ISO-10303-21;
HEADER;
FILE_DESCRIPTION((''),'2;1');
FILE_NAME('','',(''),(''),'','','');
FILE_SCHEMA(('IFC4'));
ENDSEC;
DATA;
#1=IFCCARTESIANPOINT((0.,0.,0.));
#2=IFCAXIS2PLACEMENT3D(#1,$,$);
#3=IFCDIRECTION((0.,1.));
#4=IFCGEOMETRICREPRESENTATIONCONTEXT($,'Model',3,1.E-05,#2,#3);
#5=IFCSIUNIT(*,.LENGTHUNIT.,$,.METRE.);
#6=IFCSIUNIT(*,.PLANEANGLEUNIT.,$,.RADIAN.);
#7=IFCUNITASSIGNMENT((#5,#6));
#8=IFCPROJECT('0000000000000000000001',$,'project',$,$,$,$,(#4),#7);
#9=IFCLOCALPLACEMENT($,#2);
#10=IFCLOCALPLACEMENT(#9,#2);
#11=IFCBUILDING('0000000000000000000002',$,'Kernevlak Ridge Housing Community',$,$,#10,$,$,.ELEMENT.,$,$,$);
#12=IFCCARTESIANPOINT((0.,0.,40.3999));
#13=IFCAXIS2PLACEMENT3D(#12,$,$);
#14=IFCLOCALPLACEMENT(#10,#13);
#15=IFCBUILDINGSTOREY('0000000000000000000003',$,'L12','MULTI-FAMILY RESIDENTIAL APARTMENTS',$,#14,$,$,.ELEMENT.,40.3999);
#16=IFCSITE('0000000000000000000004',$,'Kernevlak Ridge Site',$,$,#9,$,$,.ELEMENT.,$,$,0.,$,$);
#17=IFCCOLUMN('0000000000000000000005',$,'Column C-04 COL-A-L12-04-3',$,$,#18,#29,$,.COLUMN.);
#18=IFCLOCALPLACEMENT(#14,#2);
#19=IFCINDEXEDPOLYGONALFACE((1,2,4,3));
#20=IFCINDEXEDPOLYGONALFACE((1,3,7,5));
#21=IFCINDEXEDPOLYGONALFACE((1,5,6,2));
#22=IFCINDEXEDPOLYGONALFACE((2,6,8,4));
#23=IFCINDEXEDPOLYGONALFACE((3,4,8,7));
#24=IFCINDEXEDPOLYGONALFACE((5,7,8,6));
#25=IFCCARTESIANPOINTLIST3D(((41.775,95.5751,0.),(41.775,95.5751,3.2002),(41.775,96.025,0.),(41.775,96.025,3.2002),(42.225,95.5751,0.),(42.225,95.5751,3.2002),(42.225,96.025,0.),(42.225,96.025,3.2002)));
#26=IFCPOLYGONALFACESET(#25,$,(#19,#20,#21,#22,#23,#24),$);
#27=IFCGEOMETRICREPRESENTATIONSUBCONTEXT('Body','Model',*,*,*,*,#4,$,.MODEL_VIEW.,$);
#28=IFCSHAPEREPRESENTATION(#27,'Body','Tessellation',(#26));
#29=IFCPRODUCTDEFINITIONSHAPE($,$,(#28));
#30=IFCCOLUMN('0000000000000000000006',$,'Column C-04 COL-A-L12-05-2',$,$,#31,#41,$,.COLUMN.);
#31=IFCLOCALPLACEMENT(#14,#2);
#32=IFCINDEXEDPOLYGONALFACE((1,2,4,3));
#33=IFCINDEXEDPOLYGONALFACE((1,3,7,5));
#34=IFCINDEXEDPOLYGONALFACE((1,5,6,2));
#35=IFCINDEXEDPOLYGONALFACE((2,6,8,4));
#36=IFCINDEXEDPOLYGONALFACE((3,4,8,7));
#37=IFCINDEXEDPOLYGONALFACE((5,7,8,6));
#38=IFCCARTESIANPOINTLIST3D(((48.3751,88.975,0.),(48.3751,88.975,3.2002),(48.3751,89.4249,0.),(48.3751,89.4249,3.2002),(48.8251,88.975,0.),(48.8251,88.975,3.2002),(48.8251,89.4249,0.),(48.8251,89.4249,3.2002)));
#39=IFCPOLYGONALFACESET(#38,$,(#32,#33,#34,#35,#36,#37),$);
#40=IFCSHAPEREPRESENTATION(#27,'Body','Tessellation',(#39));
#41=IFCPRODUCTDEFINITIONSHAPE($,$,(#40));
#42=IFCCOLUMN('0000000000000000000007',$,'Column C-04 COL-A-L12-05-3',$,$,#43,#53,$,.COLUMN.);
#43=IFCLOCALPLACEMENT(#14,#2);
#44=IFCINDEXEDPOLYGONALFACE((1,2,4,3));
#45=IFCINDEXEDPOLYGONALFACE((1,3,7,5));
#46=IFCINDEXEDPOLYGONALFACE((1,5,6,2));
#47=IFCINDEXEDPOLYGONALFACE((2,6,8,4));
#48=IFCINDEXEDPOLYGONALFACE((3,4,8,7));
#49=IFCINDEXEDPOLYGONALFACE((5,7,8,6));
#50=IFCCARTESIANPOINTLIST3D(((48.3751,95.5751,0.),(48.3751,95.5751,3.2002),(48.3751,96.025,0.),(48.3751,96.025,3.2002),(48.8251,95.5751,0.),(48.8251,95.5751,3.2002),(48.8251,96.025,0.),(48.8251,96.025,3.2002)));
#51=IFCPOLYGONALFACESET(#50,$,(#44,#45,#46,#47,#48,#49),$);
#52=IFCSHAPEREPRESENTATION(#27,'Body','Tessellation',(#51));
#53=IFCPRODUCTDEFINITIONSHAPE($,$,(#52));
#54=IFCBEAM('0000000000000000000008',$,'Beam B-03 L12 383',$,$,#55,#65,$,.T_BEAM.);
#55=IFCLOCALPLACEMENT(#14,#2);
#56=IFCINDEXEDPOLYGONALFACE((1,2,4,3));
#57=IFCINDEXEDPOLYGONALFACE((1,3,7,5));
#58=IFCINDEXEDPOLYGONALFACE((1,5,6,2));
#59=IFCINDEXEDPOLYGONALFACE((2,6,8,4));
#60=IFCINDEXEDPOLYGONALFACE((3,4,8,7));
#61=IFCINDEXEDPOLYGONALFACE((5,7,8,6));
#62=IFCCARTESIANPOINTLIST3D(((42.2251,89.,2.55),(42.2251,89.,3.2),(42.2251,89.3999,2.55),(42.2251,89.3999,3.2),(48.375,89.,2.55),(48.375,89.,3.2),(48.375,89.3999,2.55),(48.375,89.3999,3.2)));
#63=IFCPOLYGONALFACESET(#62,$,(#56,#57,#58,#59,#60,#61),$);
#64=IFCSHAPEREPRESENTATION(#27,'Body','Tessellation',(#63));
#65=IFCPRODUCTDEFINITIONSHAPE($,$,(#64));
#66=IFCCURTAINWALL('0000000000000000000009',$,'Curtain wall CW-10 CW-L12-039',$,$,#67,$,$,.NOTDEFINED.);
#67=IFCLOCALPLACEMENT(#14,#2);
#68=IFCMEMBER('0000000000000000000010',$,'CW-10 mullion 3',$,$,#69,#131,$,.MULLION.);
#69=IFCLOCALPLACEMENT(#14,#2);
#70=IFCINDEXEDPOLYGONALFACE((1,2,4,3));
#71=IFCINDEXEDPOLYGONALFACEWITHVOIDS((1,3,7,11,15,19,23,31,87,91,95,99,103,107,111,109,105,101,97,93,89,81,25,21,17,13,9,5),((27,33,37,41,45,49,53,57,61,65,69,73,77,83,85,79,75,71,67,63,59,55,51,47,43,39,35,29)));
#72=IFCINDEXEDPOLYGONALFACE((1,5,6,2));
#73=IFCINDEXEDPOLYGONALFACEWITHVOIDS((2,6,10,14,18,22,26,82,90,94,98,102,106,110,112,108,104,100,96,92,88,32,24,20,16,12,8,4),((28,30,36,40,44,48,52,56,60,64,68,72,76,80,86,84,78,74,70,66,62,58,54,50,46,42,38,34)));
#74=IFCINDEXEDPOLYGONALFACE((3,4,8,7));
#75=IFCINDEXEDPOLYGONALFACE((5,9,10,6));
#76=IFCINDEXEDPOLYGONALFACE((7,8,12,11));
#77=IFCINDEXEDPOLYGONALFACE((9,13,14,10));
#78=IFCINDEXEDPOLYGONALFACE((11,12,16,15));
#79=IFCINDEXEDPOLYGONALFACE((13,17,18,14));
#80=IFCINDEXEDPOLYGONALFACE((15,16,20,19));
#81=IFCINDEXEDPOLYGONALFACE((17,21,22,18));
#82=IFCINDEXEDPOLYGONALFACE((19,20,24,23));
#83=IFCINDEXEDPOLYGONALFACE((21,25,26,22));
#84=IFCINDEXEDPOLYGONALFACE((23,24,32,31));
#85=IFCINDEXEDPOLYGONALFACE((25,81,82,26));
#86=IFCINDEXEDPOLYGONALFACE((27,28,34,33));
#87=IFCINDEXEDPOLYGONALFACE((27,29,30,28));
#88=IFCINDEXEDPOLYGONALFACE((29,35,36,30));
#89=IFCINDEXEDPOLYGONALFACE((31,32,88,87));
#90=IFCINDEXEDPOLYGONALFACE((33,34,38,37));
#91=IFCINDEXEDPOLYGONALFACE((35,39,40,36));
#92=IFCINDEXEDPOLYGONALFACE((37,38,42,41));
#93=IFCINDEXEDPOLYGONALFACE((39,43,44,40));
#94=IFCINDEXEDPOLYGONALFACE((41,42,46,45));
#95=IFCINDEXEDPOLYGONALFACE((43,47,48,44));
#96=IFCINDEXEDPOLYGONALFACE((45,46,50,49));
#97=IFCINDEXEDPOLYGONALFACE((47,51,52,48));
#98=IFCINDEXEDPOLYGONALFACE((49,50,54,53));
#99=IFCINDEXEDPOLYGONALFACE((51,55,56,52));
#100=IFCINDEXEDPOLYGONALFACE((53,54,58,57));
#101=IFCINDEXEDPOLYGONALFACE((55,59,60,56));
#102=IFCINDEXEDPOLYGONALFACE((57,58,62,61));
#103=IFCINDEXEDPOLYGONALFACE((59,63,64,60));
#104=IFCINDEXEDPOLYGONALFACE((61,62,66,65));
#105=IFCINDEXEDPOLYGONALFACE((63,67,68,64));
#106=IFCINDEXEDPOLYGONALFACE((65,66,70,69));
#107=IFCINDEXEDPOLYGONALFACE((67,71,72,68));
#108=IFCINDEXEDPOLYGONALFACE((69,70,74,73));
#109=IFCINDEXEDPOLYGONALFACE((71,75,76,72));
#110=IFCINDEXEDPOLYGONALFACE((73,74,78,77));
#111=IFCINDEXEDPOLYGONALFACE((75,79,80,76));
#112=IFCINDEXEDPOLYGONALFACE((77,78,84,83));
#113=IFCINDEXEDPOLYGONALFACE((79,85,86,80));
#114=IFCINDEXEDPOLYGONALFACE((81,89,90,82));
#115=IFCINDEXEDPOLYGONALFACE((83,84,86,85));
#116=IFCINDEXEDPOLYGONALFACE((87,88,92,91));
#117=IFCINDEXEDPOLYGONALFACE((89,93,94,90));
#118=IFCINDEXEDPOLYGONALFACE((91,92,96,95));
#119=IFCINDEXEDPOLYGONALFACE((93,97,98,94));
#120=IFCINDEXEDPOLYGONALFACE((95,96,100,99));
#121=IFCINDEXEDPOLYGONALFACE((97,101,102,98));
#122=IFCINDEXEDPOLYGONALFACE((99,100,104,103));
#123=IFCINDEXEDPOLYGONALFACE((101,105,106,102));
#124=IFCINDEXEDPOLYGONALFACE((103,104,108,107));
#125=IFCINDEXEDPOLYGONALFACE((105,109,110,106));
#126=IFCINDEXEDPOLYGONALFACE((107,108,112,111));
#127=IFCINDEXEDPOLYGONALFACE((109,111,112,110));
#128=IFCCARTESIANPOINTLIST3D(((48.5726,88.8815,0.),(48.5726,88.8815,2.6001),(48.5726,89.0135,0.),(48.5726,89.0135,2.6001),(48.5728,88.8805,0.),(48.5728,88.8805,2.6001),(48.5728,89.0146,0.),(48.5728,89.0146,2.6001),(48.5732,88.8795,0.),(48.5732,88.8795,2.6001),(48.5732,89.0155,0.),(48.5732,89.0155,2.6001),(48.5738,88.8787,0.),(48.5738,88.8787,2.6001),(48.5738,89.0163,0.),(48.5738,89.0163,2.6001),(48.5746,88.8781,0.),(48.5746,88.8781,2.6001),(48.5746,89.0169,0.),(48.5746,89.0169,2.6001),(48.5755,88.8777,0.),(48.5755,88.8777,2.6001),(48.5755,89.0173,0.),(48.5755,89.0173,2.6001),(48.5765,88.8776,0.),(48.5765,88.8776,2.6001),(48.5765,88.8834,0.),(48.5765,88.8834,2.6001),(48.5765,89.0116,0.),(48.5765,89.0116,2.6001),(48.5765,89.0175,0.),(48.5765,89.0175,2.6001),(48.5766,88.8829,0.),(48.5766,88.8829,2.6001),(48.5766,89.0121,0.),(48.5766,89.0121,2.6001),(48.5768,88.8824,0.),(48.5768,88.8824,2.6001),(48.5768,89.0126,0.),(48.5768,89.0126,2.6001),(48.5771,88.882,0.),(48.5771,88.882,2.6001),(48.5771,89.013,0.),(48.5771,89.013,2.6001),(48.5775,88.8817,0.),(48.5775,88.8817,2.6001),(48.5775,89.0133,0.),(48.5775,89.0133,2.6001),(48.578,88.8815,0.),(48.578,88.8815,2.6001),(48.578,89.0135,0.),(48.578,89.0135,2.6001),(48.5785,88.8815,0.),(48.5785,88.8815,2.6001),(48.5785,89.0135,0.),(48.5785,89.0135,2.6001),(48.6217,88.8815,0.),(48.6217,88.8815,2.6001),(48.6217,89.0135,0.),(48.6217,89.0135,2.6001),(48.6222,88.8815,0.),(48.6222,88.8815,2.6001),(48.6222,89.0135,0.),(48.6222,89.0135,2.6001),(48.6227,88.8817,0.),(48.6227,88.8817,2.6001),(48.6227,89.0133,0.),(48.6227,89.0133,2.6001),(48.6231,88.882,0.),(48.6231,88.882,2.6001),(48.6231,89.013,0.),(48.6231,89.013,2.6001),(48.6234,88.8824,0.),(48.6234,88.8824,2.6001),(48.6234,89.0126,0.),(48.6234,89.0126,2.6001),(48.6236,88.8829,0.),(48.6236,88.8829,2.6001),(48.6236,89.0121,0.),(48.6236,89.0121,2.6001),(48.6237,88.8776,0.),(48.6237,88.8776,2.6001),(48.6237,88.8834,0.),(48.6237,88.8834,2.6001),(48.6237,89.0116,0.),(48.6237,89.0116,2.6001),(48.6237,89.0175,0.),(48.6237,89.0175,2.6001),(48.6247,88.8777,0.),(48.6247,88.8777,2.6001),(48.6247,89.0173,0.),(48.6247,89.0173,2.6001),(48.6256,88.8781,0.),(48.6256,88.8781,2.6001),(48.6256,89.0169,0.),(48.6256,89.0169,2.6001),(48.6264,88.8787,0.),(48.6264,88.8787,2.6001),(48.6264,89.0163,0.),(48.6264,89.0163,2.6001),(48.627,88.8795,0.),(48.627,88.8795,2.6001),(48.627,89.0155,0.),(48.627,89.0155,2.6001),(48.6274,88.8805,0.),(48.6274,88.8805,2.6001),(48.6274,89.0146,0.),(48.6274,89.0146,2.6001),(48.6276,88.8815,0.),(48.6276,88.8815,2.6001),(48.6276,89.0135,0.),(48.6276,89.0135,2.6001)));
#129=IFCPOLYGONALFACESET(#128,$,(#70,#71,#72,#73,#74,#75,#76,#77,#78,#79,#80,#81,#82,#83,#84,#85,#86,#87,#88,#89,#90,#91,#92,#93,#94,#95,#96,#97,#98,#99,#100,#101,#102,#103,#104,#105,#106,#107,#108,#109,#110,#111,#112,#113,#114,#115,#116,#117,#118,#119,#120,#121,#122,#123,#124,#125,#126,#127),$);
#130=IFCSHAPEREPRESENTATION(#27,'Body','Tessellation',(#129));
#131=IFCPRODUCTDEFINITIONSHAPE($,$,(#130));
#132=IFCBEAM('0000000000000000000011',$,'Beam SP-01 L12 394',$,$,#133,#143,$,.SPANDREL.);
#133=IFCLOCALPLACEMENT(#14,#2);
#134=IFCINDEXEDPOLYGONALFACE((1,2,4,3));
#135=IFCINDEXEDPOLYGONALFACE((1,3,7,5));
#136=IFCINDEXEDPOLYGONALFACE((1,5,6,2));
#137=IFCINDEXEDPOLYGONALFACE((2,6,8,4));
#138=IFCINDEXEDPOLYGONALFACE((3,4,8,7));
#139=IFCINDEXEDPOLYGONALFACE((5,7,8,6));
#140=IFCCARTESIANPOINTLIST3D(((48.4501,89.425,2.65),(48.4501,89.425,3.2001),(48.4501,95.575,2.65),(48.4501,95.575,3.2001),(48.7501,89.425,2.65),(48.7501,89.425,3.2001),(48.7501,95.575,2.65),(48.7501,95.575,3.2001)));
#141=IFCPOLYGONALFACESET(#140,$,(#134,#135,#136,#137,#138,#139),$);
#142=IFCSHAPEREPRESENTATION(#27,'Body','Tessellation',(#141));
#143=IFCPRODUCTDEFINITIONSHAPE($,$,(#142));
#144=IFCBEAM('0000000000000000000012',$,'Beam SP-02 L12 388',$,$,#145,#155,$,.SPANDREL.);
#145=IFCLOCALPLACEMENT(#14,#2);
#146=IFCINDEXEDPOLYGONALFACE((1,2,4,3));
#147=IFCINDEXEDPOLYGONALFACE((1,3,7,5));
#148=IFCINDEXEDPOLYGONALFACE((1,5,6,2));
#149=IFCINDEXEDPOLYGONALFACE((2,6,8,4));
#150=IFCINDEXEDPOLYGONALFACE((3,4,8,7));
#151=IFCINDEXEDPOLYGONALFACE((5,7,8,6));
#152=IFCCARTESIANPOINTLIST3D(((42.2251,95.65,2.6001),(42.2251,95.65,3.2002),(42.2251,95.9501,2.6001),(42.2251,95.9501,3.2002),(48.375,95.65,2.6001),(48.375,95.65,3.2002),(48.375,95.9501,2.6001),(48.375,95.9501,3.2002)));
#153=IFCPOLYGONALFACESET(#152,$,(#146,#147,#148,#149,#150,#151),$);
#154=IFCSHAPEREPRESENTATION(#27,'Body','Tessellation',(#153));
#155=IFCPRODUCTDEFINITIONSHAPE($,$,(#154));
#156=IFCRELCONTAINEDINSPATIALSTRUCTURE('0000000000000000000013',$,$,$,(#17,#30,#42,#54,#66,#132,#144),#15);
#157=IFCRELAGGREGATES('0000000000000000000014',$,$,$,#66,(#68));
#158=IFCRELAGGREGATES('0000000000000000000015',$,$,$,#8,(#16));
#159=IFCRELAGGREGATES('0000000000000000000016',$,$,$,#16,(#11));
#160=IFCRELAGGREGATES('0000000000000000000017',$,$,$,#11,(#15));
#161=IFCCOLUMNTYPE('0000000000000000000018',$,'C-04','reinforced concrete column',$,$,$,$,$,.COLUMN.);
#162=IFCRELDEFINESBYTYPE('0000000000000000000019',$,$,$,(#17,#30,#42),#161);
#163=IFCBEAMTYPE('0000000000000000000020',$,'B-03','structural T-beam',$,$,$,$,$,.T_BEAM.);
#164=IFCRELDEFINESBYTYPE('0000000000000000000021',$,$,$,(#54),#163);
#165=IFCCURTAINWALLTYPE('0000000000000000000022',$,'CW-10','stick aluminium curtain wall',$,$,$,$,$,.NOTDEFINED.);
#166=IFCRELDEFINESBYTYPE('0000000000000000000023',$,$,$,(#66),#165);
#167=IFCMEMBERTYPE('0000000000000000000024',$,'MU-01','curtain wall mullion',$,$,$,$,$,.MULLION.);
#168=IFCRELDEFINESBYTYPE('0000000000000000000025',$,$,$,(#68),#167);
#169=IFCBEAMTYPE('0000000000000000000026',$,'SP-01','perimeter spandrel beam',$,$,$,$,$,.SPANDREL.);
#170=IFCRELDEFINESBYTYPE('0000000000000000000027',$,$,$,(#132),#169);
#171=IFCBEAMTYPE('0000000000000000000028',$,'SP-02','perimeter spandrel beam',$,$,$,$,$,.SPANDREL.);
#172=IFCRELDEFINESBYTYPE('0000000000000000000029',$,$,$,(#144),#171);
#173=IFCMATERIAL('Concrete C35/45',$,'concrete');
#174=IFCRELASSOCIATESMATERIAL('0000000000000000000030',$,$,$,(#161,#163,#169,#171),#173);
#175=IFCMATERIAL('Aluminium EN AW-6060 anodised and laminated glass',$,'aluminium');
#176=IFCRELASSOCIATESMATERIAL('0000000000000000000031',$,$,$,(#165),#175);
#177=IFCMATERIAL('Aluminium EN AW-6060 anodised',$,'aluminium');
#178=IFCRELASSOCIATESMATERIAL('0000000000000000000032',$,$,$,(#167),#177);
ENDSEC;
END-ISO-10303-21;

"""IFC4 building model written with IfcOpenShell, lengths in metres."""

from ifc_helpers import new_model, si_unit, direction, frame, origin, origin_2d, place, context, subcontext, project, spatial, rectangle, hollow_rectangle, extrude, material, material_profile, profile_set, type_object, element, aggregate, save


model = new_model("IFC4")

# Units and contexts
model_context = context("Model", 3, precision=1e-05, world=origin(), true_north=direction((0.0, 1.0)))
body_context = subcontext(model_context, "Body", "Model", "MODEL_VIEW")
ifc_project = project(units=[si_unit("LENGTHUNIT", "METRE"), si_unit("PLANEANGLEUNIT", "RADIAN")], contexts=[model_context])

# Site, building, storey
site_placement = place(None, origin())
site = spatial("IfcSite", under=ifc_project, at=site_placement, Name="Kernevlak Ridge Site", CompositionType="ELEMENT", RefElevation=0.0)
building_placement = place(site_placement, origin())
building = spatial("IfcBuilding", under=site, at=building_placement, Name="Kernevlak Ridge Housing Community", CompositionType="ELEMENT")
storey_placement = place(building_placement, frame((0.0, 0.0, 40.3999)))
storey = spatial("IfcBuildingStorey", under=building, at=storey_placement, Name="L12", Description="MULTI-FAMILY RESIDENTIAL APARTMENTS", CompositionType="ELEMENT", Elevation=40.3999)

# Columns
ifc_material_1 = material(Name="Concrete C35/45", Category="concrete")
ifc_material_profile_1 = material_profile(ifc_material_1, rectangle(XDim=0.45, YDim=0.45, at=origin_2d()), Name="RC 450x450")
ifc_profile_set_1 = profile_set([ifc_material_profile_1], Name="Concrete C35/45")
column_type = type_object("IfcColumnType", Name="C-04", Description="reinforced concrete column", PredefinedType="COLUMN", material=ifc_profile_set_1)
for number, where, z_axis, x_axis, name in (
    (1, (42.0, 95.8, 0.0), (0.0, 0.0, 1.0), (1.0, 0.0, 0.0), "Column C-04 COL-A-L12-04-3"),
    (2, (48.6001, 89.2, 0.0), (0.0, 0.0, 1.0), (1.0, 0.0, 0.0), "Column C-04 COL-A-L12-05-2"),
    (3, (48.6001, 95.8, 0.0), (0.0, 0.0, 1.0), (1.0, 0.0, 0.0), "Column C-04 COL-A-L12-05-3"),
):
    element("IfcColumn", number, at=place(storey_placement, frame(where, z_axis=z_axis, x_axis=x_axis)), inside=storey, type_object=column_type, Name=name, PredefinedType="COLUMN", context=body_context, shape_type="SweptSolid", body=[
        extrude(rectangle(XDim=0.45, YDim=0.45, at=origin_2d()), origin(), (0.0, 0.0, 1.0), 3.2002),
    ])

# Beam
ifc_material_profile_2 = material_profile(ifc_material_1, rectangle(XDim=0.3999, YDim=0.6499, at=origin_2d()), Name="RC 400x650")
ifc_profile_set_2 = profile_set([ifc_material_profile_2], Name="Concrete C35/45")
beam_type_1 = type_object("IfcBeamType", Name="B-03", Description="structural T-beam", PredefinedType="T_BEAM", material=ifc_profile_set_2)
beam_1_placement = place(storey_placement, frame((42.2251, 89.2, 2.875), z_axis=(1.0, 0.0, 0.0), x_axis=(0.0, 1.0, 0.0)))
element("IfcBeam", 4, at=beam_1_placement, inside=storey, type_object=beam_type_1, Name="Beam B-03 L12 383", PredefinedType="T_BEAM", context=body_context, shape_type="SweptSolid", body=[
    extrude(rectangle(XDim=0.3999, YDim=0.6499, at=origin_2d()), origin(), (0.0, 0.0, 1.0), 6.1499),
])

# Curtain wall, member
ifc_material_2 = material(Name="Aluminium EN AW-6060 anodised and laminated glass", Category="aluminium")
curtain_wall_type = type_object("IfcCurtainWallType", Name="CW-10", Description="stick aluminium curtain wall", PredefinedType="NOTDEFINED", material=ifc_material_2)
curtain_wall_placement = place(storey_placement, origin())
curtain_wall = element("IfcCurtainWall", 5, at=curtain_wall_placement, inside=storey, type_object=curtain_wall_type, Name="Curtain wall CW-10 CW-L12-039", PredefinedType="NOTDEFINED")
ifc_material_3 = material(Name="Aluminium EN AW-6060 anodised", Category="aluminium")
ifc_material_profile_3 = material_profile(ifc_material_3, hollow_rectangle(XDim=0.0549, YDim=0.1399, WallThickness=0.0039, InnerFilletRadius=0.002, OuterFilletRadius=0.0039, at=origin_2d()), Name="ALU 55x140x4")
ifc_profile_set_3 = profile_set([ifc_material_profile_3], Name="Aluminium EN AW-6060 anodised")
member_type_1 = type_object("IfcMemberType", Name="MU-01", Description="curtain wall mullion", PredefinedType="MULLION", material=ifc_profile_set_3)
member_1_placement = place(storey_placement, frame((48.6001, 88.9475, 0.0), z_axis=(0.0, 0.0, 1.0), x_axis=(-1.0, 0.0, 0.0)))
member_1 = element("IfcMember", 6, at=member_1_placement, type_object=member_type_1, Name="CW-10 mullion 3", PredefinedType="MULLION", context=body_context, shape_type="SweptSolid", body=[
    extrude(hollow_rectangle(XDim=0.0549, YDim=0.1399, WallThickness=0.0039, InnerFilletRadius=0.002, OuterFilletRadius=0.0039, at=origin_2d()), origin(), (0.0, 0.0, 1.0), 2.6001),
])

# Beams
ifc_material_profile_4 = material_profile(ifc_material_1, rectangle(XDim=0.3, YDim=0.55, at=origin_2d()), Name="RC 300x550")
ifc_profile_set_4 = profile_set([ifc_material_profile_4], Name="Concrete C35/45")
beam_type_2 = type_object("IfcBeamType", Name="SP-01", Description="perimeter spandrel beam", PredefinedType="SPANDREL", material=ifc_profile_set_4)
beam_2_placement = place(storey_placement, frame((48.6001, 89.425, 2.925), z_axis=(0.0, 1.0, 0.0), x_axis=(-1.0, 0.0, 0.0)))
element("IfcBeam", 7, at=beam_2_placement, inside=storey, type_object=beam_type_2, Name="Beam SP-01 L12 394", PredefinedType="SPANDREL", context=body_context, shape_type="SweptSolid", body=[
    extrude(rectangle(XDim=0.3, YDim=0.55, at=origin_2d()), origin(), (0.0, 0.0, 1.0), 6.1499),
])
ifc_material_profile_5 = material_profile(ifc_material_1, rectangle(XDim=0.3, YDim=0.6001, at=origin_2d()), Name="RC 300x600")
ifc_profile_set_5 = profile_set([ifc_material_profile_5], Name="Concrete C35/45")
beam_type_3 = type_object("IfcBeamType", Name="SP-02", Description="perimeter spandrel beam", PredefinedType="SPANDREL", material=ifc_profile_set_5)
beam_3_placement = place(storey_placement, frame((42.2251, 95.8, 2.9001), z_axis=(1.0, 0.0, 0.0), x_axis=(0.0, 1.0, 0.0)))
element("IfcBeam", 8, at=beam_3_placement, inside=storey, type_object=beam_type_3, Name="Beam SP-02 L12 388", PredefinedType="SPANDREL", context=body_context, shape_type="SweptSolid", body=[
    extrude(rectangle(XDim=0.3, YDim=0.6001, at=origin_2d()), origin(), (0.0, 0.0, 1.0), 6.1499),
])

aggregate(curtain_wall, [member_1])

save(model, "model.ifc")
